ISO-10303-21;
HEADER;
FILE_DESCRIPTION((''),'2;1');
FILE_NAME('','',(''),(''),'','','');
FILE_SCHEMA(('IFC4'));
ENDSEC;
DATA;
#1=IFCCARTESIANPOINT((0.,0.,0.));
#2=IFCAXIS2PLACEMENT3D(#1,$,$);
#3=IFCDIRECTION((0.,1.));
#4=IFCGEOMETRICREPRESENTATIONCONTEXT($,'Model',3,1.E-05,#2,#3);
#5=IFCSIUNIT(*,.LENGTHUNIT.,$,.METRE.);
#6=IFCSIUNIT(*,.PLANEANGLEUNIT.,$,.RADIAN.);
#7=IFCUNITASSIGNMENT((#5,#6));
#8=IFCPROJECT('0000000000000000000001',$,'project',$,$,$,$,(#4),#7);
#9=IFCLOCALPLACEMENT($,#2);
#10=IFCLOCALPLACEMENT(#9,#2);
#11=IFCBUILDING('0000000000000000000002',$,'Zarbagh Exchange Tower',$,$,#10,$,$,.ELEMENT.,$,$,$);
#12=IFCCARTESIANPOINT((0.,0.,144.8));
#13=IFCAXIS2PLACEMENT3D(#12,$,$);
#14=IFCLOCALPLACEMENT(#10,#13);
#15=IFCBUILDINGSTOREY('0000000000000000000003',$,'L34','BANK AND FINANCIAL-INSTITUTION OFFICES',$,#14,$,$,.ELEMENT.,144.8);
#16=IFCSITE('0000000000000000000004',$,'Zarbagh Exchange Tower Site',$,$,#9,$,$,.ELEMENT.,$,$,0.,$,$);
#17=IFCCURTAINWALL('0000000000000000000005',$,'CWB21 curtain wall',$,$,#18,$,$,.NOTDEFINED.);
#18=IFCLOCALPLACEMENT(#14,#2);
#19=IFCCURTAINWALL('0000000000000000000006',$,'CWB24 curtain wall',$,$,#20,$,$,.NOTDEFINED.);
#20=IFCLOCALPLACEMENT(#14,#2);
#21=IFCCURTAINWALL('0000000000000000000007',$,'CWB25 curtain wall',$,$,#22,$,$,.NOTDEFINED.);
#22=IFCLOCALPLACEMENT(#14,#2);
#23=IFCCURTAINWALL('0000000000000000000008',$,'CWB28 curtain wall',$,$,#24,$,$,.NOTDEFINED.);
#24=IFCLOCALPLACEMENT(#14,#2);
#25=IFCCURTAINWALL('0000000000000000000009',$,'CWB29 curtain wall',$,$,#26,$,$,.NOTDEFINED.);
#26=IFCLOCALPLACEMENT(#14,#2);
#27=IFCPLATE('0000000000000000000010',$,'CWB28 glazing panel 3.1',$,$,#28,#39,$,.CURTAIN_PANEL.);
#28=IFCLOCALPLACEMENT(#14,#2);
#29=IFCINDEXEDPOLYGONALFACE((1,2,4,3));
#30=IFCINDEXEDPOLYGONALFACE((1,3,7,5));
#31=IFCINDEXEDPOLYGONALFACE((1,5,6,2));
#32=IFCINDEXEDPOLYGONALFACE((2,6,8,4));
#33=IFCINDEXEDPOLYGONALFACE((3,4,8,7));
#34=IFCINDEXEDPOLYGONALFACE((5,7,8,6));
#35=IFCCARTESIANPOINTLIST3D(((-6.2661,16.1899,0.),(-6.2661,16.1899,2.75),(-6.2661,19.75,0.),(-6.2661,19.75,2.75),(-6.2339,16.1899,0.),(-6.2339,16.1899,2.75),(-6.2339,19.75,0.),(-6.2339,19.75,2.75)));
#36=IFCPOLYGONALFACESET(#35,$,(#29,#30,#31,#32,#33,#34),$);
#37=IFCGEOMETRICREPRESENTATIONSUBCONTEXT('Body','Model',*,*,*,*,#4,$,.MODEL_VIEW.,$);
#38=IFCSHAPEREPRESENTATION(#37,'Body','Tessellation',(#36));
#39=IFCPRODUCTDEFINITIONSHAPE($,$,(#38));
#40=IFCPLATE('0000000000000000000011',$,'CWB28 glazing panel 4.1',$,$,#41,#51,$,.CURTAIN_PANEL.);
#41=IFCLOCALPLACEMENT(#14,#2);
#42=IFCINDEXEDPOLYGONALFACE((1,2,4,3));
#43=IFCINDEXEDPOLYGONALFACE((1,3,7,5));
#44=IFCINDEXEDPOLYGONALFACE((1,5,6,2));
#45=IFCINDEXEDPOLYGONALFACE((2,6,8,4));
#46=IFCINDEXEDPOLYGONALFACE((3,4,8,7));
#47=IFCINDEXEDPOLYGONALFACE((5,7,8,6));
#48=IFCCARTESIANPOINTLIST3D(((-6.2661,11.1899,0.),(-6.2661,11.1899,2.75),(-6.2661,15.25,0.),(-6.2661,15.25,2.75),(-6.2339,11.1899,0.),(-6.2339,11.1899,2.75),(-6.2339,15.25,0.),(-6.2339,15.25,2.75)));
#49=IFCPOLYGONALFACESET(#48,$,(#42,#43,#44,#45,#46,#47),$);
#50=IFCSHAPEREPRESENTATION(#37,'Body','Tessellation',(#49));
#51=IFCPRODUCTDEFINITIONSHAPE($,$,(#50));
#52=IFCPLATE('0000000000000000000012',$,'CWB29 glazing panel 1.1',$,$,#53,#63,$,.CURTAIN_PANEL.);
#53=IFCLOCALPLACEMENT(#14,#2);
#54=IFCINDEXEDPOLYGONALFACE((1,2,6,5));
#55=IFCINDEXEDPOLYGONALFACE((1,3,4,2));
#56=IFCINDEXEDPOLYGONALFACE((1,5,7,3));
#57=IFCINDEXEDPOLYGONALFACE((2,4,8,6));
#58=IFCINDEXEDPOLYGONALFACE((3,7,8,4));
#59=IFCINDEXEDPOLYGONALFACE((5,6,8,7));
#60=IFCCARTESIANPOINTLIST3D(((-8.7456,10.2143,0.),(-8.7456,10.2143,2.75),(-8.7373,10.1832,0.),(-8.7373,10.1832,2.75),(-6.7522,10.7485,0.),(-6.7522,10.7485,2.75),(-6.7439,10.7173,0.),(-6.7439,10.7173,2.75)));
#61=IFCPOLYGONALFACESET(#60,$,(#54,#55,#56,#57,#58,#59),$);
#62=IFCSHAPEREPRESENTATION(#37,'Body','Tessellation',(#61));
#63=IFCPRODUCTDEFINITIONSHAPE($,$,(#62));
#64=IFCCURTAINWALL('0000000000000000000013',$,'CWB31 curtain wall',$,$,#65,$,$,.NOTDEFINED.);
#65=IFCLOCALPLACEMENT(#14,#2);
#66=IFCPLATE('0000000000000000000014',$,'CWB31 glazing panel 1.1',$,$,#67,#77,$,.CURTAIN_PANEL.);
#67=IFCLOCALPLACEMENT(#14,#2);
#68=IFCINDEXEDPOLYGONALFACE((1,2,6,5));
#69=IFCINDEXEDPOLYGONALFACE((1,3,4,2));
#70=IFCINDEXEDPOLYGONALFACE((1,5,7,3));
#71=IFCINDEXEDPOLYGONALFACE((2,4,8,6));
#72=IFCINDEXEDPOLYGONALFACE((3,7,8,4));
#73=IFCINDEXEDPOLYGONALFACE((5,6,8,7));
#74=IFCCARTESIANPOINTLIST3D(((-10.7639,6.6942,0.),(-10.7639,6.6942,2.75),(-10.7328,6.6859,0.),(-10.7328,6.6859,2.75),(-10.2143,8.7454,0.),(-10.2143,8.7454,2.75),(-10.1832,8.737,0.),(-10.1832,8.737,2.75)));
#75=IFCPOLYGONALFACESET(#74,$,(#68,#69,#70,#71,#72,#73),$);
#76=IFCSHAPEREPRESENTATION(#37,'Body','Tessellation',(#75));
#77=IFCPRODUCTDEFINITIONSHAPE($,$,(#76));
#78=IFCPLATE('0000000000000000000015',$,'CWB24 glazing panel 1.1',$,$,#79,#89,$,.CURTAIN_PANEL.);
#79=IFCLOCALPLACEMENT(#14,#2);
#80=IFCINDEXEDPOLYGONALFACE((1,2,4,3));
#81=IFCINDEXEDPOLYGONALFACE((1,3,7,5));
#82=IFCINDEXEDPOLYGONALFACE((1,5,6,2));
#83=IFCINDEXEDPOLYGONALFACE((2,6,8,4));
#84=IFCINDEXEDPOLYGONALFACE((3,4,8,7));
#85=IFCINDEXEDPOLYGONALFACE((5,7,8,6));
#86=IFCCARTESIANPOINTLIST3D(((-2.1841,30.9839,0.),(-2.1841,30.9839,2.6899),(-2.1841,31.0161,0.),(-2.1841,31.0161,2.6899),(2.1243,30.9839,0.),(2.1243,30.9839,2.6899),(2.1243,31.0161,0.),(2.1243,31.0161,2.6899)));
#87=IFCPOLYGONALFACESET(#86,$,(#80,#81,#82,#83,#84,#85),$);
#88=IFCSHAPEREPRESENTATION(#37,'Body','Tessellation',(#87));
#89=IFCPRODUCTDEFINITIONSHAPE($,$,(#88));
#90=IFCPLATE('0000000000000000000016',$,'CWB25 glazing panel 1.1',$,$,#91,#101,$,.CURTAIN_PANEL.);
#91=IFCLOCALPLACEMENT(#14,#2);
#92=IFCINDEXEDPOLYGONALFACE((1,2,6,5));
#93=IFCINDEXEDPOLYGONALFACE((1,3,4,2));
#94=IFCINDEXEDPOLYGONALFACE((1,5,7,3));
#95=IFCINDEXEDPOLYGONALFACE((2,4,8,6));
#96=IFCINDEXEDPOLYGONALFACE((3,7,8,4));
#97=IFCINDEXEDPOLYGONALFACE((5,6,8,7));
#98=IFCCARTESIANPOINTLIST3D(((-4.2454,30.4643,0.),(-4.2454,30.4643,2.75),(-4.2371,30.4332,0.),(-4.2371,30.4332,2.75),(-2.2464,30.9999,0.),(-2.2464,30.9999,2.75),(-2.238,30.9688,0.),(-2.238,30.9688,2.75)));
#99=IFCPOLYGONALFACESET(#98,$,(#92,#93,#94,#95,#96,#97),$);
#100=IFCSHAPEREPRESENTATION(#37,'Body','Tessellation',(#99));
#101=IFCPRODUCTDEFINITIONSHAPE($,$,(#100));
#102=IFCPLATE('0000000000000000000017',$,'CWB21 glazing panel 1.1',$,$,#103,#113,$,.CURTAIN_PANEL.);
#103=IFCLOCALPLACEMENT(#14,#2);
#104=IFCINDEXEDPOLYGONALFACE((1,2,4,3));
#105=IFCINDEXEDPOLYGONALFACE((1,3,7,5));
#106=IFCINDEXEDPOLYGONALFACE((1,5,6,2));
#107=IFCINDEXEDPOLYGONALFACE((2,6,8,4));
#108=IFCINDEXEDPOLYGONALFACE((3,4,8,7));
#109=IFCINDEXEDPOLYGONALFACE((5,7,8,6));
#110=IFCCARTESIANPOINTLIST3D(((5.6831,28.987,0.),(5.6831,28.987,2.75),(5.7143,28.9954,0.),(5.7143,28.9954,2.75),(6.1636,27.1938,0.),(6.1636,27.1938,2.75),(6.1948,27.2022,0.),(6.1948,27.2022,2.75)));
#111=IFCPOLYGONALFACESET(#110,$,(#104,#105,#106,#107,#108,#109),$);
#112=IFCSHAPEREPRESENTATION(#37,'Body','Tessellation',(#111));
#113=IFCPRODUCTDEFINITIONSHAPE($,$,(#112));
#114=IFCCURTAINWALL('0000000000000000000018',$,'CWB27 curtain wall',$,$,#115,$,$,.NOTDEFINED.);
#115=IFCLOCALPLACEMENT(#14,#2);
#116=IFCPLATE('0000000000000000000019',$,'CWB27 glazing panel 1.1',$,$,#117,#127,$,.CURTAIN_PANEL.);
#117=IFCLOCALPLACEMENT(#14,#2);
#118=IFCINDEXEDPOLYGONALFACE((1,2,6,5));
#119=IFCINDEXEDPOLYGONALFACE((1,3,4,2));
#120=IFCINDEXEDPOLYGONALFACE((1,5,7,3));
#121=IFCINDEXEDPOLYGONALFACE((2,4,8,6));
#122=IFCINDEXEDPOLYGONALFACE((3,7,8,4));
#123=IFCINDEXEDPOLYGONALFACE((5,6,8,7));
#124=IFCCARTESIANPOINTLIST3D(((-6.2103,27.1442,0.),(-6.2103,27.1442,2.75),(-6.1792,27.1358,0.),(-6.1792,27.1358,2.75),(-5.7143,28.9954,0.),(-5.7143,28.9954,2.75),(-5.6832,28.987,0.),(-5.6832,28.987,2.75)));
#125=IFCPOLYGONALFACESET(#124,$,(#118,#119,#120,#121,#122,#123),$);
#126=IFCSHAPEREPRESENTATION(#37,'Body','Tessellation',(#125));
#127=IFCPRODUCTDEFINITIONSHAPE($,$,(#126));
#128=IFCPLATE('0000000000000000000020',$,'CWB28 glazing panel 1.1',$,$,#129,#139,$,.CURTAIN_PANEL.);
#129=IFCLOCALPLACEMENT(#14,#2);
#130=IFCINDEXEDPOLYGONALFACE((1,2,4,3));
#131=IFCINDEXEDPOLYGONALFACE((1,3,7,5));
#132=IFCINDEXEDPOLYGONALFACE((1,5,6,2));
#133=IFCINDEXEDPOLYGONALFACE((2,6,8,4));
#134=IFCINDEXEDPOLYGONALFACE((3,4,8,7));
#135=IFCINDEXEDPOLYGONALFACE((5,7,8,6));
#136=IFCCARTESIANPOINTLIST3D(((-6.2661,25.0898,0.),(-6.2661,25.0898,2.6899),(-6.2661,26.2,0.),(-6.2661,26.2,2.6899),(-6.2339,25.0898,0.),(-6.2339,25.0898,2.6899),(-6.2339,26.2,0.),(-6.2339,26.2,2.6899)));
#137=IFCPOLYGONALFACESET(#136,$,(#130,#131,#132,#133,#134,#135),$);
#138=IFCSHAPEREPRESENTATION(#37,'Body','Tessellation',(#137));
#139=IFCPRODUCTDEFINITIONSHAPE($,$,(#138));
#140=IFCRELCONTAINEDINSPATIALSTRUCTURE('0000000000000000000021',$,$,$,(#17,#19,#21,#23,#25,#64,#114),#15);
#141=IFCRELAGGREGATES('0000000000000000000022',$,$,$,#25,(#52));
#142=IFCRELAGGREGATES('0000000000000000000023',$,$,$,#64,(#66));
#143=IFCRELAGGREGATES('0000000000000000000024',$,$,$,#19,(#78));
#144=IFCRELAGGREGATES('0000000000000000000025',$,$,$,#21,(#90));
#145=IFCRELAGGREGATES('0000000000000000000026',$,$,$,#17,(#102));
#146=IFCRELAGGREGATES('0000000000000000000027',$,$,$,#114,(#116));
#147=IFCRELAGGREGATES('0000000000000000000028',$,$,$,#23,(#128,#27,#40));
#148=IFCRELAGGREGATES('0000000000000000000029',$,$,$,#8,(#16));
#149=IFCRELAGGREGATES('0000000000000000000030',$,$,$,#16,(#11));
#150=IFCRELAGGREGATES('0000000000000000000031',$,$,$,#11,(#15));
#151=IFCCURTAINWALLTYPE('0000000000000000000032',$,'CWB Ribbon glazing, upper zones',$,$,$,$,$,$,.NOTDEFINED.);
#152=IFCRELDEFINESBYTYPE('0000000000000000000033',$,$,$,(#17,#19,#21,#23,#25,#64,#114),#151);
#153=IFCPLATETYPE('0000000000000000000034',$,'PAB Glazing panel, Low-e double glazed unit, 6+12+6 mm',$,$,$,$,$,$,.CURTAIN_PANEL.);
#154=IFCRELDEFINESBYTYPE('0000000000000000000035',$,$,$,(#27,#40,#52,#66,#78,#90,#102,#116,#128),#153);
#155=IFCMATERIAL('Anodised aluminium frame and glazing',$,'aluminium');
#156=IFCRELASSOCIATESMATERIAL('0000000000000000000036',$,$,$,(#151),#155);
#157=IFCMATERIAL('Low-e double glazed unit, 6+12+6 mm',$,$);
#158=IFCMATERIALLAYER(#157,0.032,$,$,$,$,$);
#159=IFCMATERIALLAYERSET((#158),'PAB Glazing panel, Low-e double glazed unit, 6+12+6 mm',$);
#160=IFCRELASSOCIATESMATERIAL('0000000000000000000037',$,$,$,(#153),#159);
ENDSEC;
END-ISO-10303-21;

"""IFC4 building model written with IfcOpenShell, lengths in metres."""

from ifc_helpers import new_model, si_unit, direction, frame, origin, place, context, subcontext, project, spatial, polyline, outline, extrude, source, transform, mapped, material, layer, layer_set, type_object, element, aggregate, save


model = new_model("IFC4")

# Units and contexts
model_context = context("Model", 3, precision=1e-05, world=origin(), true_north=direction((0.0, 1.0)))
body_context = subcontext(model_context, "Body", "Model", "MODEL_VIEW")
ifc_project = project(units=[si_unit("LENGTHUNIT", "METRE"), si_unit("PLANEANGLEUNIT", "RADIAN")], contexts=[model_context])

# Site, building, storey
site_placement = place(None, origin())
site = spatial("IfcSite", under=ifc_project, at=site_placement, Name="Zarbagh Exchange Tower Site", CompositionType="ELEMENT", RefElevation=0.0)
building_placement = place(site_placement, origin())
building = spatial("IfcBuilding", under=site, at=building_placement, Name="Zarbagh Exchange Tower", CompositionType="ELEMENT")
storey_placement = place(building_placement, frame((0.0, 0.0, 144.8)))
storey = spatial("IfcBuildingStorey", under=building, at=storey_placement, Name="L34", Description="BANK AND FINANCIAL-INSTITUTION OFFICES", CompositionType="ELEMENT", Elevation=144.8)

# Curtain walls
ifc_material_1 = material(Name="Anodised aluminium frame and glazing", Category="aluminium")
curtain_wall_type = type_object("IfcCurtainWallType", Name="CWB Ribbon glazing, upper zones", PredefinedType="NOTDEFINED", material=ifc_material_1)
curtain_wall_1_placement = place(storey_placement, origin())
curtain_wall_1 = element("IfcCurtainWall", 1, at=curtain_wall_1_placement, inside=storey, type_object=curtain_wall_type, Name="CWB21 curtain wall", PredefinedType="NOTDEFINED")
placement = place(storey_placement, origin())
curtain_wall_2_placement = place(storey_placement, origin())
curtain_wall_2 = element("IfcCurtainWall", 2, at=curtain_wall_2_placement, inside=storey, type_object=curtain_wall_type, Name="CWB24 curtain wall", PredefinedType="NOTDEFINED")
curtain_wall_3_placement = place(storey_placement, origin())
curtain_wall_3 = element("IfcCurtainWall", 3, at=curtain_wall_3_placement, inside=storey, type_object=curtain_wall_type, Name="CWB25 curtain wall", PredefinedType="NOTDEFINED")

# Curtain wall
curtain_wall_4_placement = place(storey_placement, origin())
curtain_wall_4 = element("IfcCurtainWall", 4, at=curtain_wall_4_placement, inside=storey, type_object=curtain_wall_type, Name="CWB28 curtain wall", PredefinedType="NOTDEFINED")

# Curtain wall
curtain_wall_5_placement = place(storey_placement, origin())
curtain_wall_5 = element("IfcCurtainWall", 5, at=curtain_wall_5_placement, inside=storey, type_object=curtain_wall_type, Name="CWB29 curtain wall", PredefinedType="NOTDEFINED")

# Shared definitions
ifc_material_2 = material(Name="Low-e double glazed unit, 6+12+6 mm")
ifc_layer = layer(ifc_material_2, 0.032)
ifc_layer_set = layer_set([ifc_layer], Name="PAB Glazing panel, Low-e double glazed unit, 6+12+6 mm")
plate_type = type_object("IfcPlateType", Name="PAB Glazing panel, Low-e double glazed unit, 6+12+6 mm", PredefinedType="CURTAIN_PANEL", material=ifc_layer_set)

# Plates
shared_shape_1 = source(origin(), body_context, "Body", "SweptSolid", [
    extrude(outline(polyline([(0.0, -0.0161), (3.5601, -0.0161), (3.5601, 0.0161), (0.0, 0.0161), (0.0, -0.0161)])), origin(), (0.0, 0.0, 1.0), 2.75),
])
plate_1 = element("IfcPlate", 6, at=placement, type_object=plate_type, Name="CWB28 glazing panel 3.1", PredefinedType="CURTAIN_PANEL", context=body_context, shape_type="MappedRepresentation", body=[
    mapped(shared_shape_1, transform((-6.25, 19.75, 0.0), x_axis=(0.0, -1.0, 0.0), y_axis=(1.0, 0.0, 0.0), z_axis=(0.0, 0.0, 1.0))),
])
shared_shape_2 = source(origin(), body_context, "Body", "SweptSolid", [
    extrude(outline(polyline([(0.0, -0.0161), (4.0601, -0.0161), (4.0601, 0.0161), (0.0, 0.0161), (0.0, -0.0161)])), origin(), (0.0, 0.0, 1.0), 2.75),
])
plate_2 = element("IfcPlate", 7, at=placement, type_object=plate_type, Name="CWB28 glazing panel 4.1", PredefinedType="CURTAIN_PANEL", context=body_context, shape_type="MappedRepresentation", body=[
    mapped(shared_shape_2, transform((-6.25, 15.25, 0.0), x_axis=(0.0, -1.0, 0.0), y_axis=(1.0, 0.0, 0.0), z_axis=(0.0, 0.0, 1.0))),
])
shared_shape_3 = source(origin(), body_context, "Body", "SweptSolid", [
    extrude(outline(polyline([(0.0, -0.0161), (2.0637, -0.0161), (2.0637, 0.0161), (0.0, 0.0161), (0.0, -0.0161)])), origin(), (0.0, 0.0, 1.0), 2.75),
])
plate_3 = element("IfcPlate", 8, at=placement, type_object=plate_type, Name="CWB29 glazing panel 1.1", PredefinedType="CURTAIN_PANEL", context=body_context, shape_type="MappedRepresentation", body=[
    mapped(shared_shape_3, transform((-6.748, 10.7329, 0.0), x_axis=(-0.965924, -0.258825, 0.0), y_axis=(0.258825, -0.965924, 0.0), z_axis=(0.0, 0.0, 1.0))),
])
aggregate(curtain_wall_5, [plate_3])

# Curtain wall, plate
curtain_wall_6_placement = place(storey_placement, origin())
curtain_wall_6 = element("IfcCurtainWall", 9, at=curtain_wall_6_placement, inside=storey, type_object=curtain_wall_type, Name="CWB31 curtain wall", PredefinedType="NOTDEFINED")
shared_shape_4 = source(origin(), body_context, "Body", "SweptSolid", [
    extrude(outline(polyline([(0.0, -0.0161), (2.1235, -0.0161), (2.1235, 0.0161), (0.0, 0.0161), (0.0, -0.0161)])), origin(), (0.0, 0.0, 1.0), 2.75),
])
plate_4 = element("IfcPlate", 10, at=placement, type_object=plate_type, Name="CWB31 glazing panel 1.1", PredefinedType="CURTAIN_PANEL", context=body_context, shape_type="MappedRepresentation", body=[
    mapped(shared_shape_4, transform((-10.1987, 8.7412, 0.0), x_axis=(-0.258825, -0.965924, 0.0), y_axis=(0.965924, -0.258825, 0.0), z_axis=(0.0, 0.0, 1.0))),
])
aggregate(curtain_wall_6, [plate_4])

# Plates
shared_shape_5 = source(origin(), body_context, "Body", "SweptSolid", [
    extrude(outline(polyline([(0.0, -0.0161), (4.3083, -0.0161), (4.3083, 0.0161), (0.0, 0.0161), (0.0, -0.0161)])), origin(), (0.0, 0.0, 1.0), 2.6899),
])
plate_5 = element("IfcPlate", 11, at=placement, type_object=plate_type, Name="CWB24 glazing panel 1.1", PredefinedType="CURTAIN_PANEL", context=body_context, shape_type="MappedRepresentation", body=[
    mapped(shared_shape_5, transform((2.1243, 31.0, 0.0), x_axis=(-1.0, 0.0, 0.0), y_axis=(0.0, -1.0, 0.0), z_axis=(0.0, 0.0, 1.0))),
])
aggregate(curtain_wall_2, [plate_5])
shared_shape_6 = source(origin(), body_context, "Body", "SweptSolid", [
    extrude(outline(polyline([(0.0, -0.0161), (2.0696, -0.0161), (2.0696, 0.0161), (0.0, 0.0161), (0.0, -0.0161)])), origin(), (0.0, 0.0, 1.0), 2.75),
])
plate_6 = element("IfcPlate", 12, at=placement, type_object=plate_type, Name="CWB25 glazing panel 1.1", PredefinedType="CURTAIN_PANEL", context=body_context, shape_type="MappedRepresentation", body=[
    mapped(shared_shape_6, transform((-2.2422, 30.9844, 0.0), x_axis=(-0.965924, -0.258825, 0.0), y_axis=(0.258825, -0.965924, 0.0), z_axis=(0.0, 0.0, 1.0))),
])
aggregate(curtain_wall_3, [plate_6])
shared_shape_7 = source(origin(), body_context, "Body", "SweptSolid", [
    extrude(outline(polyline([(0.0, -0.0161), (1.8564, -0.0161), (1.8564, 0.0161), (0.0, 0.0161), (0.0, -0.0161)])), origin(), (0.0, 0.0, 1.0), 2.75),
])
plate_7 = element("IfcPlate", 13, at=placement, type_object=plate_type, Name="CWB21 glazing panel 1.1", PredefinedType="CURTAIN_PANEL", context=body_context, shape_type="MappedRepresentation", body=[
    mapped(shared_shape_7, transform((6.1792, 27.198, 0.0), x_axis=(-0.258825, 0.965924, 0.0), y_axis=(-0.965924, -0.258825, 0.0), z_axis=(0.0, 0.0, 1.0))),
])
aggregate(curtain_wall_1, [plate_7])

# Curtain wall, plate
curtain_wall_7_placement = place(storey_placement, origin())
curtain_wall_7 = element("IfcCurtainWall", 14, at=curtain_wall_7_placement, inside=storey, type_object=curtain_wall_type, Name="CWB27 curtain wall", PredefinedType="NOTDEFINED")
shared_shape_8 = source(origin(), body_context, "Body", "SweptSolid", [
    extrude(outline(polyline([(0.0, -0.0161), (1.9165, -0.0161), (1.9165, 0.0161), (0.0, 0.0161), (0.0, -0.0161)])), origin(), (0.0, 0.0, 1.0), 2.75),
])
plate_8 = element("IfcPlate", 15, at=placement, type_object=plate_type, Name="CWB27 glazing panel 1.1", PredefinedType="CURTAIN_PANEL", context=body_context, shape_type="MappedRepresentation", body=[
    mapped(shared_shape_8, transform((-5.6987, 28.9912, 0.0), x_axis=(-0.258825, -0.965924, 0.0), y_axis=(0.965924, -0.258825, 0.0), z_axis=(0.0, 0.0, 1.0))),
])
aggregate(curtain_wall_7, [plate_8])

# Plate
shared_shape_9 = source(origin(), body_context, "Body", "SweptSolid", [
    extrude(outline(polyline([(0.0, -0.0161), (1.1101, -0.0161), (1.1101, 0.0161), (0.0, 0.0161), (0.0, -0.0161)])), origin(), (0.0, 0.0, 1.0), 2.6899),
])
plate_9 = element("IfcPlate", 16, at=placement, type_object=plate_type, Name="CWB28 glazing panel 1.1", PredefinedType="CURTAIN_PANEL", context=body_context, shape_type="MappedRepresentation", body=[
    mapped(shared_shape_9, transform((-6.25, 26.2, 0.0), x_axis=(0.0, -1.0, 0.0), y_axis=(1.0, 0.0, 0.0), z_axis=(0.0, 0.0, 1.0))),
])
aggregate(curtain_wall_4, [plate_9, plate_1, plate_2])

save(model, "model.ifc")
